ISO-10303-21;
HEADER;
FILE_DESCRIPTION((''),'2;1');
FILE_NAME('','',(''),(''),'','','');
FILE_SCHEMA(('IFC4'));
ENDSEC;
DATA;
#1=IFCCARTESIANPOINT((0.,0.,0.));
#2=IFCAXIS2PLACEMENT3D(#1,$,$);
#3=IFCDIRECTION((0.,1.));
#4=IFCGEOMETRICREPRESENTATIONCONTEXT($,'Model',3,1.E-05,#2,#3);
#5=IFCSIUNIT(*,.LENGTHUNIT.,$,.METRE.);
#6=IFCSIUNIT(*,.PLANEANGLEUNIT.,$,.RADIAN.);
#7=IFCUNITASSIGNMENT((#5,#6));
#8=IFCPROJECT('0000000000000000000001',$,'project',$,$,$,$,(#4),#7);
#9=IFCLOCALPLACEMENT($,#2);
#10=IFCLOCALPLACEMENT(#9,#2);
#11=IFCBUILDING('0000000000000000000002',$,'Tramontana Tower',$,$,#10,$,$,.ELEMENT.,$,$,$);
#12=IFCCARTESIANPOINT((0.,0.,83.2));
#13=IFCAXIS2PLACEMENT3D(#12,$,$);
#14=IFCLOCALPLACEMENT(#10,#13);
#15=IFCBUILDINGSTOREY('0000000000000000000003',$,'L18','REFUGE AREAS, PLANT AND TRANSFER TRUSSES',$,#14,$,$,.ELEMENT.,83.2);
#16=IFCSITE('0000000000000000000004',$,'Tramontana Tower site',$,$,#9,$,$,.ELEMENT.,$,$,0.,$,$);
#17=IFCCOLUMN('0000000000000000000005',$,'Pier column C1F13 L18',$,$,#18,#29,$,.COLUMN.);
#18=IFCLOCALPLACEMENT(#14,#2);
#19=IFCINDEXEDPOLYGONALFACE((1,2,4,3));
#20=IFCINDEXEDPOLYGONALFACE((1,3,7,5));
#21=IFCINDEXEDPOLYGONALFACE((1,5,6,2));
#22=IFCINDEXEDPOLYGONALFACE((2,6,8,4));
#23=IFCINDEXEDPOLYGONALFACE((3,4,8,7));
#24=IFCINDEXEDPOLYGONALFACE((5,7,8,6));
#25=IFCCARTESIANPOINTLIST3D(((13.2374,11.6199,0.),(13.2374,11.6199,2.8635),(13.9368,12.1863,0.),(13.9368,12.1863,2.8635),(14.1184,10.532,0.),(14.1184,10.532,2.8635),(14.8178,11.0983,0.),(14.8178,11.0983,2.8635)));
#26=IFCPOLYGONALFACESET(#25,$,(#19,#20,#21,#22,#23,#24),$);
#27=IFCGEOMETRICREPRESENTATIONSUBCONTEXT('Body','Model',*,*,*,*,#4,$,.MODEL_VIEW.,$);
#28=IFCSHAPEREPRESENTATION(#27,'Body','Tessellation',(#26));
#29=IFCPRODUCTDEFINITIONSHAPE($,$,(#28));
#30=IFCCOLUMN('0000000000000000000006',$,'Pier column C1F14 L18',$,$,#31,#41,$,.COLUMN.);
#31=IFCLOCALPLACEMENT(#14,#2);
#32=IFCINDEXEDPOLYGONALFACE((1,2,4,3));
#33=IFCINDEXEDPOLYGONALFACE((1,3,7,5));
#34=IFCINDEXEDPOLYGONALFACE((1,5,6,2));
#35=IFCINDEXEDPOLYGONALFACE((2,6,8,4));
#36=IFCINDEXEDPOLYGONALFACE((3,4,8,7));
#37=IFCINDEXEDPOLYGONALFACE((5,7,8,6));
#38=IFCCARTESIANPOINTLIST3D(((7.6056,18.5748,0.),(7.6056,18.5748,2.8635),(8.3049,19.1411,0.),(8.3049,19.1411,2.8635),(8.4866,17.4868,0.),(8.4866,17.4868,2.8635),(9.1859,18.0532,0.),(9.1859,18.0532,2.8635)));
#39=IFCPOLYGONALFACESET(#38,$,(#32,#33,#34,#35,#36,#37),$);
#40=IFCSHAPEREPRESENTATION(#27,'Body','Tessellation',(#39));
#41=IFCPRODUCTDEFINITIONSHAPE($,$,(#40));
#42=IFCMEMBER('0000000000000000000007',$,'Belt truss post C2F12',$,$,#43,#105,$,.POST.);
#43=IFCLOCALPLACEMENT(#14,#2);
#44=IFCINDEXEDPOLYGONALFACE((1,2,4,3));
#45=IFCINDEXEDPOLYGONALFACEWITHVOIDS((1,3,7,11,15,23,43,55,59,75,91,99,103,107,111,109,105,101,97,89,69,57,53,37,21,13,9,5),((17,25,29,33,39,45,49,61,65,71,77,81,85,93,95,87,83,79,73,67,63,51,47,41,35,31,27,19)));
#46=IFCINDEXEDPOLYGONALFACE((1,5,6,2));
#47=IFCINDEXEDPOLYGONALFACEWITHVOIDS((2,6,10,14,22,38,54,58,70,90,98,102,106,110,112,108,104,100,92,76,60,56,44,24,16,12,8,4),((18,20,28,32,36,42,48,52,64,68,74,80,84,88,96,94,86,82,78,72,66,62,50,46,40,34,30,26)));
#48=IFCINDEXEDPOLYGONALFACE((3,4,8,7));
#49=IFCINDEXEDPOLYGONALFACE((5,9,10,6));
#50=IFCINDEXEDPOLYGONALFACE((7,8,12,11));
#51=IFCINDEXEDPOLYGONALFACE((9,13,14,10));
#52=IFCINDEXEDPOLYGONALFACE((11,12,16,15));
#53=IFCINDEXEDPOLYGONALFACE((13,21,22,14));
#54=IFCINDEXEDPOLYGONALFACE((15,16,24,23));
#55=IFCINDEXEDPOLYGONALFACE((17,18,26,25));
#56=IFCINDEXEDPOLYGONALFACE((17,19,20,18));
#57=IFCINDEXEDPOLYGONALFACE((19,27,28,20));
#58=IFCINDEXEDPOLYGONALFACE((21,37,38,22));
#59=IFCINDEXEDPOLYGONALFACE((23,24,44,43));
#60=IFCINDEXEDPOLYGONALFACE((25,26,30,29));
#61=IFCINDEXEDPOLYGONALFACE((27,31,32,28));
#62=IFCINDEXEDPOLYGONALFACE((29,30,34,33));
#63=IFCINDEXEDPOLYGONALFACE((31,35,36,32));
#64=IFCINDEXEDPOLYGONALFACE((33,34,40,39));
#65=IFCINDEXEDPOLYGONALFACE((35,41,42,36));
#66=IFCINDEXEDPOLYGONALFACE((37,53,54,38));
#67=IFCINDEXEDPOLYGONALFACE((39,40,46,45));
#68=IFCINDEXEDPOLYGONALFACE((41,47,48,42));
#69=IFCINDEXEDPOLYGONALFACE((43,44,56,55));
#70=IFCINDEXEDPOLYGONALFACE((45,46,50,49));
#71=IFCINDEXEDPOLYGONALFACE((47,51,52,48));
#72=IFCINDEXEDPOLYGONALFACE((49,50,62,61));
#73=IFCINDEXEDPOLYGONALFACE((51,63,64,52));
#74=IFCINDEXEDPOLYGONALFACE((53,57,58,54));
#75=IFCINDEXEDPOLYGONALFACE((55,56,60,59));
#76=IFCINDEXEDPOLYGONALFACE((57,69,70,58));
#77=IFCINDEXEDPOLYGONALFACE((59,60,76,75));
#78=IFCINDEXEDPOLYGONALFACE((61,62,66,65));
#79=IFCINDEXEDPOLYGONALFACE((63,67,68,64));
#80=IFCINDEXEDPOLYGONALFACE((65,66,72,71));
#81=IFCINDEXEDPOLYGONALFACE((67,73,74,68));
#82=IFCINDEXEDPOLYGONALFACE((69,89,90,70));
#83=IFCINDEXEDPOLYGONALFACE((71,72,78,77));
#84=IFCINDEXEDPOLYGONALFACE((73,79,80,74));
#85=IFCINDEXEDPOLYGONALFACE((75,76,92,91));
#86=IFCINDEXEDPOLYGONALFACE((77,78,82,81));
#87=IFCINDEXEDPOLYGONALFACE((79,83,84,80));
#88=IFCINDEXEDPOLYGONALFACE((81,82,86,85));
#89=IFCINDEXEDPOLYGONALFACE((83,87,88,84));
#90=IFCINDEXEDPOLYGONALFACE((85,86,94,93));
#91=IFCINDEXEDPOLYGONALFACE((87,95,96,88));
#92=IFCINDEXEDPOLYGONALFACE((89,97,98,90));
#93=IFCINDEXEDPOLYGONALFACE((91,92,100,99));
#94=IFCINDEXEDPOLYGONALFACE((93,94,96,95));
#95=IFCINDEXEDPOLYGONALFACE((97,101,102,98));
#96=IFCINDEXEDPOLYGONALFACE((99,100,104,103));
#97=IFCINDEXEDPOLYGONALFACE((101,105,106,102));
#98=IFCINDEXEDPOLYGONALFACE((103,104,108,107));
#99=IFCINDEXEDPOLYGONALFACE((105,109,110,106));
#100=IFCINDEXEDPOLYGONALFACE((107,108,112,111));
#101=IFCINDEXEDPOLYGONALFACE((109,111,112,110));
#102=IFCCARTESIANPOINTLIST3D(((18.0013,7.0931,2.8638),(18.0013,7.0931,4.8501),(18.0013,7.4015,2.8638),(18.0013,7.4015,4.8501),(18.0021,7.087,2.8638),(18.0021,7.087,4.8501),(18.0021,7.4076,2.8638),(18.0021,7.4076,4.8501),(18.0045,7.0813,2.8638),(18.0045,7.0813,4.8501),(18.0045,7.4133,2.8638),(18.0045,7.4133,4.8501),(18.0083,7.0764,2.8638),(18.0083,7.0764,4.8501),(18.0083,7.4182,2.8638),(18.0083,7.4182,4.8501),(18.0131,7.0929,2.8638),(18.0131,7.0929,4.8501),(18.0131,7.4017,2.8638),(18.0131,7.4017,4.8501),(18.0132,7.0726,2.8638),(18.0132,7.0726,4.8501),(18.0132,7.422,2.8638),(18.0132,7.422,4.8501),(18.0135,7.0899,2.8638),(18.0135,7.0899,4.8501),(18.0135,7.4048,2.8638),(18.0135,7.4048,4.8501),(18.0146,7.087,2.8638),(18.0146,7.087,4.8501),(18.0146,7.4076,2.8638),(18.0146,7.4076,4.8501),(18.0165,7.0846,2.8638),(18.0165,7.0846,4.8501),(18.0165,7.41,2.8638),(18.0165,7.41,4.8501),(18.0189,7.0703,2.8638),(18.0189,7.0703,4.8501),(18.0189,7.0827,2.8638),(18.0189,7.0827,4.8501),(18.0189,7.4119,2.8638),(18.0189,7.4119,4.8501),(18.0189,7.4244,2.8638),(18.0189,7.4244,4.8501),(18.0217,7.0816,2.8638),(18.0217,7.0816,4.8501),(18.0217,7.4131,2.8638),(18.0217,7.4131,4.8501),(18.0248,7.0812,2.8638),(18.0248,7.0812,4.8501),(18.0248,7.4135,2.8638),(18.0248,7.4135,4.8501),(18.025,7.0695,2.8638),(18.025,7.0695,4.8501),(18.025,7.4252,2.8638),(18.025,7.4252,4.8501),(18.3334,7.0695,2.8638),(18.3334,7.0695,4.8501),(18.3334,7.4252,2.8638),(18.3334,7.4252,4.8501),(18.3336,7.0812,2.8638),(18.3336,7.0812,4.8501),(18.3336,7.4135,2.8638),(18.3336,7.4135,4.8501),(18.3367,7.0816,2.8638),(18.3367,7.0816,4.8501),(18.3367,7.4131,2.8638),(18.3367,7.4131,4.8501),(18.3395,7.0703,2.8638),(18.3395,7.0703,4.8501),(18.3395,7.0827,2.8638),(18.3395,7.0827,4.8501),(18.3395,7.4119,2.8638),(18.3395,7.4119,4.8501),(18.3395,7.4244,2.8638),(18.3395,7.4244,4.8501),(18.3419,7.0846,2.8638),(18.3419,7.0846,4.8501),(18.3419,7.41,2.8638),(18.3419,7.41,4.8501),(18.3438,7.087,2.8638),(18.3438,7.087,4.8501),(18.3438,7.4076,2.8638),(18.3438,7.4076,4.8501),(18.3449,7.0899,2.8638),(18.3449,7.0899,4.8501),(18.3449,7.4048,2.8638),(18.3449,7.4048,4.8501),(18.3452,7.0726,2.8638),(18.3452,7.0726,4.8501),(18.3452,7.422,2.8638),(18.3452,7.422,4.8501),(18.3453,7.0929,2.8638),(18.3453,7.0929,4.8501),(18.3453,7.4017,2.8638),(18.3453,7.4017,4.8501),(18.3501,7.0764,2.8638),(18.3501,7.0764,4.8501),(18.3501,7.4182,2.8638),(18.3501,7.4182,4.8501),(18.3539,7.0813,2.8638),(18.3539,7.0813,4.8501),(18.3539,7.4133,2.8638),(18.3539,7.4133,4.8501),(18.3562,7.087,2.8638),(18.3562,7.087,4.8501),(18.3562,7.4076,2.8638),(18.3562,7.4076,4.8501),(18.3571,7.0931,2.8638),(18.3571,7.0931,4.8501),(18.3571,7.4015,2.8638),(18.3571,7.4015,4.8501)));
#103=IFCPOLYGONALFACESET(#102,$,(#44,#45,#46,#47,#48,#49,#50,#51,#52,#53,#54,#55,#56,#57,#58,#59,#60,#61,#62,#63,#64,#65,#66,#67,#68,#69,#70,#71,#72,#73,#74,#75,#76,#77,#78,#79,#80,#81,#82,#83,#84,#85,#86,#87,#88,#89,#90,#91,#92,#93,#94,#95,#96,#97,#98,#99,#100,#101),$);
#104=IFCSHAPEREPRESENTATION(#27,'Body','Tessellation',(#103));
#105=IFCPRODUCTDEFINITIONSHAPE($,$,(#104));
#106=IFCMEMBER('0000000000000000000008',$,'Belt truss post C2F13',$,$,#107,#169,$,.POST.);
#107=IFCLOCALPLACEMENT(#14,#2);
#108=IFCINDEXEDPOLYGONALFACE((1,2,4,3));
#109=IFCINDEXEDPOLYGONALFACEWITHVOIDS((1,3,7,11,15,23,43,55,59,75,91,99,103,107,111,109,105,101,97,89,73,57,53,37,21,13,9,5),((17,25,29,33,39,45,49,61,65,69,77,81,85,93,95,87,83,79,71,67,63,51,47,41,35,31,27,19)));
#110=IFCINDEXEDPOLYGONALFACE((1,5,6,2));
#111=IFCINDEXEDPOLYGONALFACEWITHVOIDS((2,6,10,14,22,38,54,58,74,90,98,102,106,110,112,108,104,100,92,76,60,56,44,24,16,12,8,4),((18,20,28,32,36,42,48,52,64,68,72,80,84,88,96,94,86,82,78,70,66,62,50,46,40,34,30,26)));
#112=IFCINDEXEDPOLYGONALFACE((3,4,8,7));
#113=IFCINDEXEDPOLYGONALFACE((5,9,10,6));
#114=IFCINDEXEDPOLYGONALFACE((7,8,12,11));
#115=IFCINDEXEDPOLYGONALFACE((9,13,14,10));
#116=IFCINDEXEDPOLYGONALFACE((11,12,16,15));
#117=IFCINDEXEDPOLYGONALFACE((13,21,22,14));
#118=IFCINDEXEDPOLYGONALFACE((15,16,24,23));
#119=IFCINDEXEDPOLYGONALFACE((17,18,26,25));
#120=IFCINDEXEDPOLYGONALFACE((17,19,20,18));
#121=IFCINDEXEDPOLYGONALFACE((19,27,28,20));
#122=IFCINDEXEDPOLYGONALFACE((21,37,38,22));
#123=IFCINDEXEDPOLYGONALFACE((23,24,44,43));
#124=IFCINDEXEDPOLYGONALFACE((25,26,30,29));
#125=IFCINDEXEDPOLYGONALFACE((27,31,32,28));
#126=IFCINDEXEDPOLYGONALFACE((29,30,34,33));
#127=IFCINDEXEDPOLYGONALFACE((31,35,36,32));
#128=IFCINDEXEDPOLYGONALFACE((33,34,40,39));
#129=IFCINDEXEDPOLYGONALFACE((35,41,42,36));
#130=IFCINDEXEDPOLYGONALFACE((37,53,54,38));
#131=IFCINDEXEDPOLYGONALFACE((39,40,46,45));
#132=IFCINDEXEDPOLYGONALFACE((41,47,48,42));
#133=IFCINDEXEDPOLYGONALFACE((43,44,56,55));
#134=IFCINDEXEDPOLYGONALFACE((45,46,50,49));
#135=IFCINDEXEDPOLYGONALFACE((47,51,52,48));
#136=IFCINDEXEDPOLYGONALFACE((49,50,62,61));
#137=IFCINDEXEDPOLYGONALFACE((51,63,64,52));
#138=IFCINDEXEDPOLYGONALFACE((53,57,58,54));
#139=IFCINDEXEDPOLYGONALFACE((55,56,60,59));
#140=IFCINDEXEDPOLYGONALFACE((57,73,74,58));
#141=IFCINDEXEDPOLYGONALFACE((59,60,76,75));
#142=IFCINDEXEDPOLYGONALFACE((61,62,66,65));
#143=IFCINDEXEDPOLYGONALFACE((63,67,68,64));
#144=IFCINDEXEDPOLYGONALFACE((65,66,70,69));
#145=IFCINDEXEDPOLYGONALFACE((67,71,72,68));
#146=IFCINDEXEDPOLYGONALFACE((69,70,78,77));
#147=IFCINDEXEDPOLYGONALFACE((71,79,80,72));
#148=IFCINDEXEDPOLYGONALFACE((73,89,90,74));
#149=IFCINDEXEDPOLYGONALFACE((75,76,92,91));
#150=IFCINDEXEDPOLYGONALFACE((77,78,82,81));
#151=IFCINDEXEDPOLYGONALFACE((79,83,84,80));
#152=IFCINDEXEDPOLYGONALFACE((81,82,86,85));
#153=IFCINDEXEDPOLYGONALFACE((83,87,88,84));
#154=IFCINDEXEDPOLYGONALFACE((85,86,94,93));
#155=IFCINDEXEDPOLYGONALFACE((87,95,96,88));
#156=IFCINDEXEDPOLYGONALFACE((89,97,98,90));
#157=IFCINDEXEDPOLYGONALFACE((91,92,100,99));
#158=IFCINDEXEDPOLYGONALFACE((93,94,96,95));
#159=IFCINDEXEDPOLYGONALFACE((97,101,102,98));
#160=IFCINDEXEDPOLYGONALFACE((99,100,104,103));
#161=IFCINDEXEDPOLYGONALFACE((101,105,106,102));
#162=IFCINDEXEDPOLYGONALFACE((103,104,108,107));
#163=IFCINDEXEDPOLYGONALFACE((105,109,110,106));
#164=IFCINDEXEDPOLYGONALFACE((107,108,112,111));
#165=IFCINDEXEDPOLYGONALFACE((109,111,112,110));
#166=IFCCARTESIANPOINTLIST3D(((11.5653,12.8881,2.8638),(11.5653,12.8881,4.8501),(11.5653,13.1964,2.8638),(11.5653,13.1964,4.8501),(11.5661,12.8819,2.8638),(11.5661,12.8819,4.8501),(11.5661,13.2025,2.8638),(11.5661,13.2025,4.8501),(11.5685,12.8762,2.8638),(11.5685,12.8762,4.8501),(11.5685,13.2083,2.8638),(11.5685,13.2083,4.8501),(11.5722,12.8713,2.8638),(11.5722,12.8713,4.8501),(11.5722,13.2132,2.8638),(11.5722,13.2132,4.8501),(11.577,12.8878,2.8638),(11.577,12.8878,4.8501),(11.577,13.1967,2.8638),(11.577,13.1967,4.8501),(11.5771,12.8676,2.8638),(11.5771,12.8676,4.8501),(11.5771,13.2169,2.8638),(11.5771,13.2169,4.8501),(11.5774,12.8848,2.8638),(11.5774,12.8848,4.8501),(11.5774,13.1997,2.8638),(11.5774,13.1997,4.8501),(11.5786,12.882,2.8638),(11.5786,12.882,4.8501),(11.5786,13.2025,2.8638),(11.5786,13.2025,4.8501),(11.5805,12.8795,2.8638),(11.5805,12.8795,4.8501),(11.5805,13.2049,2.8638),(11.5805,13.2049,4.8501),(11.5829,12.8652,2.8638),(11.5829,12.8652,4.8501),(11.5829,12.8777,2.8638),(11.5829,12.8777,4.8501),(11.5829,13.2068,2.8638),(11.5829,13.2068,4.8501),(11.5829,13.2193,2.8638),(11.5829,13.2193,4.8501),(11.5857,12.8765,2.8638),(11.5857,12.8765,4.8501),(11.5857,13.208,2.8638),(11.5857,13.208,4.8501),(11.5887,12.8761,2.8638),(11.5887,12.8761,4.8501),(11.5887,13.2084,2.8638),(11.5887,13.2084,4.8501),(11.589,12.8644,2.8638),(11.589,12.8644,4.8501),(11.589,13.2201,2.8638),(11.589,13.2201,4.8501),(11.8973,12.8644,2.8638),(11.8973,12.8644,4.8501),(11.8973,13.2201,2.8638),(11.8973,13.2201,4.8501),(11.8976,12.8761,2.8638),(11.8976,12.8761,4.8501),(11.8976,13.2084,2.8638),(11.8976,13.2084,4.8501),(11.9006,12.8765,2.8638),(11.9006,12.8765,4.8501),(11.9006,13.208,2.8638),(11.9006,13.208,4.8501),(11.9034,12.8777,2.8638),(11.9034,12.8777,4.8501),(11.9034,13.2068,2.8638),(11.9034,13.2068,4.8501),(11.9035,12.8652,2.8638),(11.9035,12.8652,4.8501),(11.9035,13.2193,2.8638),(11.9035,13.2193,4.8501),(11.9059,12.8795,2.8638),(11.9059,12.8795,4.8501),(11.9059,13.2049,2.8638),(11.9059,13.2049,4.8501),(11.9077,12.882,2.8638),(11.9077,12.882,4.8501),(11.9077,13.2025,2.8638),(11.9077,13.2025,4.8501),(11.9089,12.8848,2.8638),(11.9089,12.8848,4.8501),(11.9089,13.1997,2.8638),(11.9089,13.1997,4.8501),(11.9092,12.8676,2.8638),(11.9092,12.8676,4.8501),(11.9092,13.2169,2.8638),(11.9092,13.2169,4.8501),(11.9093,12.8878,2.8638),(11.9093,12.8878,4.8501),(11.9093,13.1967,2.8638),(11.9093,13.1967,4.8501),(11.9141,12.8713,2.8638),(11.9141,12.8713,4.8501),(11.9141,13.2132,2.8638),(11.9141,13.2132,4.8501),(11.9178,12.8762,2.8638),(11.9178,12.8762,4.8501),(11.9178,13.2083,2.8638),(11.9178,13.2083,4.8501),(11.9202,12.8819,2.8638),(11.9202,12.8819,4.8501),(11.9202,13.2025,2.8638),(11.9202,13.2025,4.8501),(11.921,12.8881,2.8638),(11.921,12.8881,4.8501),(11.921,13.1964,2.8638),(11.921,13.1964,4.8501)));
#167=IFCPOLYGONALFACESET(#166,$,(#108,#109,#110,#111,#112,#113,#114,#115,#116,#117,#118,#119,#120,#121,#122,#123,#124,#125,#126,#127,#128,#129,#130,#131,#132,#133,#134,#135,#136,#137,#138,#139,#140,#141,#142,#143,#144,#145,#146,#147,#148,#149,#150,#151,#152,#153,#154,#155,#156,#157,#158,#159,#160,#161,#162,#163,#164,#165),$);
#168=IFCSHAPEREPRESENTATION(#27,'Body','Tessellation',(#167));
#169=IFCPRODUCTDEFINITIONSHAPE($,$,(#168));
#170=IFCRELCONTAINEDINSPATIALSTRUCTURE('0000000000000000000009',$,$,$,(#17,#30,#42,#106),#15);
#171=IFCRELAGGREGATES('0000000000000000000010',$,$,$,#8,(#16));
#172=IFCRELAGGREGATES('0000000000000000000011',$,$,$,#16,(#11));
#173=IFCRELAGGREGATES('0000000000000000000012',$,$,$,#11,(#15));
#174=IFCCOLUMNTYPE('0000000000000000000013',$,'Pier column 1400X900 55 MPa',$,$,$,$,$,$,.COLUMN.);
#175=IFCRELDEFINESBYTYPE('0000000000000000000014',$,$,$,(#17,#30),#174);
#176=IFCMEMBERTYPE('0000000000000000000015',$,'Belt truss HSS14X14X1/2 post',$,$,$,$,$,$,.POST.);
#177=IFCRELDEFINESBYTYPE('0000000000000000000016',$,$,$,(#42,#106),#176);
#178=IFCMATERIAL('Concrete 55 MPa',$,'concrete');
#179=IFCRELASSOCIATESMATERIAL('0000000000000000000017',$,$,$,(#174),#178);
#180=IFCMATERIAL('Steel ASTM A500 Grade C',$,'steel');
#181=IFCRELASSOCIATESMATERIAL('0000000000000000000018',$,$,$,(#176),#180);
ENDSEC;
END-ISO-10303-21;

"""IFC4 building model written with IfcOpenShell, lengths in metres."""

from ifc_helpers import new_model, si_unit, direction, frame, origin, origin_2d, place, context, subcontext, project, spatial, rectangle, hollow_rectangle, extrude, material, material_profile, profile_set, type_object, element, save


model = new_model("IFC4")

# Units and contexts
model_context = context("Model", 3, precision=1e-05, world=origin(), true_north=direction((0.0, 1.0)))
body_context = subcontext(model_context, "Body", "Model", "MODEL_VIEW")
ifc_project = project(units=[si_unit("LENGTHUNIT", "METRE"), si_unit("PLANEANGLEUNIT", "RADIAN")], contexts=[model_context])

# Site, building, storey
site_placement = place(None, origin())
site = spatial("IfcSite", under=ifc_project, at=site_placement, Name="Tramontana Tower site", CompositionType="ELEMENT", RefElevation=0.0)
building_placement = place(site_placement, origin())
building = spatial("IfcBuilding", under=site, at=building_placement, Name="Tramontana Tower", CompositionType="ELEMENT")
storey_placement = place(building_placement, frame((0.0, 0.0, 83.2)))
storey = spatial("IfcBuildingStorey", under=building, at=storey_placement, Name="L18", Description="REFUGE AREAS, PLANT AND TRANSFER TRUSSES", CompositionType="ELEMENT", Elevation=83.2)

# Columns
ifc_material_1 = material(Name="Concrete 55 MPa", Category="concrete")
ifc_material_profile_1 = material_profile(ifc_material_1, rectangle(XDim=1.3999, YDim=0.8999, at=origin_2d()), Name="Pier column 1400X900 55 MPa")
ifc_profile_set_1 = profile_set([ifc_material_profile_1], Name="Concrete 55 MPa")
column_type = type_object("IfcColumnType", Name="Pier column 1400X900 55 MPa", PredefinedType="COLUMN", material=ifc_profile_set_1)
for number, where, z_axis, x_axis, name in (
    (1, (14.0276, 11.3591, 0.0), (0.0, 0.0, 1.0), (-0.62932, 0.777146, 0.0), "Pier column C1F13 L18"),
    (2, (8.3958, 18.314, 0.0), (0.0, 0.0, 1.0), (-0.62932, 0.777146, 0.0), "Pier column C1F14 L18"),
):
    element("IfcColumn", number, at=place(storey_placement, frame(where, z_axis=z_axis, x_axis=x_axis)), inside=storey, type_object=column_type, Name=name, PredefinedType="COLUMN", context=body_context, shape_type="SweptSolid", body=[
        extrude(rectangle(XDim=1.3999, YDim=0.8999, at=origin_2d()), origin(), (0.0, 0.0, 1.0), 2.8635),
    ])

# Members
ifc_material_2 = material(Name="Steel ASTM A500 Grade C", Category="steel")
ifc_material_profile_2 = material_profile(ifc_material_2, hollow_rectangle(XDim=0.3557, YDim=0.3557, WallThickness=0.0117, InnerFilletRadius=0.0117, OuterFilletRadius=0.0237, at=origin_2d()), Name="HSS14X14X1/2")
ifc_profile_set_2 = profile_set([ifc_material_profile_2], Name="Steel ASTM A500 Grade C")
member_type_1 = type_object("IfcMemberType", Name="Belt truss HSS14X14X1/2 post", PredefinedType="POST", material=ifc_profile_set_2)
for number, where, z_axis, x_axis, name in (
    (3, (18.1792, 7.2473, 2.8638), (0.0, 0.0, 1.0), (1.0, 0.0, 0.0), "Belt truss post C2F12"),
    (4, (11.7432, 13.0422, 2.8638), (0.0, 0.0, 1.0), (1.0, 0.0, 0.0), "Belt truss post C2F13"),
):
    element("IfcMember", number, at=place(storey_placement, frame(where, z_axis=z_axis, x_axis=x_axis)), inside=storey, type_object=member_type_1, Name=name, PredefinedType="POST", context=body_context, shape_type="SweptSolid", body=[
        extrude(hollow_rectangle(XDim=0.3557, YDim=0.3557, WallThickness=0.0117, InnerFilletRadius=0.0117, OuterFilletRadius=0.0237, at=origin_2d()), origin(), (0.0, 0.0, 1.0), 1.9863),
    ])

save(model, "model.ifc")
